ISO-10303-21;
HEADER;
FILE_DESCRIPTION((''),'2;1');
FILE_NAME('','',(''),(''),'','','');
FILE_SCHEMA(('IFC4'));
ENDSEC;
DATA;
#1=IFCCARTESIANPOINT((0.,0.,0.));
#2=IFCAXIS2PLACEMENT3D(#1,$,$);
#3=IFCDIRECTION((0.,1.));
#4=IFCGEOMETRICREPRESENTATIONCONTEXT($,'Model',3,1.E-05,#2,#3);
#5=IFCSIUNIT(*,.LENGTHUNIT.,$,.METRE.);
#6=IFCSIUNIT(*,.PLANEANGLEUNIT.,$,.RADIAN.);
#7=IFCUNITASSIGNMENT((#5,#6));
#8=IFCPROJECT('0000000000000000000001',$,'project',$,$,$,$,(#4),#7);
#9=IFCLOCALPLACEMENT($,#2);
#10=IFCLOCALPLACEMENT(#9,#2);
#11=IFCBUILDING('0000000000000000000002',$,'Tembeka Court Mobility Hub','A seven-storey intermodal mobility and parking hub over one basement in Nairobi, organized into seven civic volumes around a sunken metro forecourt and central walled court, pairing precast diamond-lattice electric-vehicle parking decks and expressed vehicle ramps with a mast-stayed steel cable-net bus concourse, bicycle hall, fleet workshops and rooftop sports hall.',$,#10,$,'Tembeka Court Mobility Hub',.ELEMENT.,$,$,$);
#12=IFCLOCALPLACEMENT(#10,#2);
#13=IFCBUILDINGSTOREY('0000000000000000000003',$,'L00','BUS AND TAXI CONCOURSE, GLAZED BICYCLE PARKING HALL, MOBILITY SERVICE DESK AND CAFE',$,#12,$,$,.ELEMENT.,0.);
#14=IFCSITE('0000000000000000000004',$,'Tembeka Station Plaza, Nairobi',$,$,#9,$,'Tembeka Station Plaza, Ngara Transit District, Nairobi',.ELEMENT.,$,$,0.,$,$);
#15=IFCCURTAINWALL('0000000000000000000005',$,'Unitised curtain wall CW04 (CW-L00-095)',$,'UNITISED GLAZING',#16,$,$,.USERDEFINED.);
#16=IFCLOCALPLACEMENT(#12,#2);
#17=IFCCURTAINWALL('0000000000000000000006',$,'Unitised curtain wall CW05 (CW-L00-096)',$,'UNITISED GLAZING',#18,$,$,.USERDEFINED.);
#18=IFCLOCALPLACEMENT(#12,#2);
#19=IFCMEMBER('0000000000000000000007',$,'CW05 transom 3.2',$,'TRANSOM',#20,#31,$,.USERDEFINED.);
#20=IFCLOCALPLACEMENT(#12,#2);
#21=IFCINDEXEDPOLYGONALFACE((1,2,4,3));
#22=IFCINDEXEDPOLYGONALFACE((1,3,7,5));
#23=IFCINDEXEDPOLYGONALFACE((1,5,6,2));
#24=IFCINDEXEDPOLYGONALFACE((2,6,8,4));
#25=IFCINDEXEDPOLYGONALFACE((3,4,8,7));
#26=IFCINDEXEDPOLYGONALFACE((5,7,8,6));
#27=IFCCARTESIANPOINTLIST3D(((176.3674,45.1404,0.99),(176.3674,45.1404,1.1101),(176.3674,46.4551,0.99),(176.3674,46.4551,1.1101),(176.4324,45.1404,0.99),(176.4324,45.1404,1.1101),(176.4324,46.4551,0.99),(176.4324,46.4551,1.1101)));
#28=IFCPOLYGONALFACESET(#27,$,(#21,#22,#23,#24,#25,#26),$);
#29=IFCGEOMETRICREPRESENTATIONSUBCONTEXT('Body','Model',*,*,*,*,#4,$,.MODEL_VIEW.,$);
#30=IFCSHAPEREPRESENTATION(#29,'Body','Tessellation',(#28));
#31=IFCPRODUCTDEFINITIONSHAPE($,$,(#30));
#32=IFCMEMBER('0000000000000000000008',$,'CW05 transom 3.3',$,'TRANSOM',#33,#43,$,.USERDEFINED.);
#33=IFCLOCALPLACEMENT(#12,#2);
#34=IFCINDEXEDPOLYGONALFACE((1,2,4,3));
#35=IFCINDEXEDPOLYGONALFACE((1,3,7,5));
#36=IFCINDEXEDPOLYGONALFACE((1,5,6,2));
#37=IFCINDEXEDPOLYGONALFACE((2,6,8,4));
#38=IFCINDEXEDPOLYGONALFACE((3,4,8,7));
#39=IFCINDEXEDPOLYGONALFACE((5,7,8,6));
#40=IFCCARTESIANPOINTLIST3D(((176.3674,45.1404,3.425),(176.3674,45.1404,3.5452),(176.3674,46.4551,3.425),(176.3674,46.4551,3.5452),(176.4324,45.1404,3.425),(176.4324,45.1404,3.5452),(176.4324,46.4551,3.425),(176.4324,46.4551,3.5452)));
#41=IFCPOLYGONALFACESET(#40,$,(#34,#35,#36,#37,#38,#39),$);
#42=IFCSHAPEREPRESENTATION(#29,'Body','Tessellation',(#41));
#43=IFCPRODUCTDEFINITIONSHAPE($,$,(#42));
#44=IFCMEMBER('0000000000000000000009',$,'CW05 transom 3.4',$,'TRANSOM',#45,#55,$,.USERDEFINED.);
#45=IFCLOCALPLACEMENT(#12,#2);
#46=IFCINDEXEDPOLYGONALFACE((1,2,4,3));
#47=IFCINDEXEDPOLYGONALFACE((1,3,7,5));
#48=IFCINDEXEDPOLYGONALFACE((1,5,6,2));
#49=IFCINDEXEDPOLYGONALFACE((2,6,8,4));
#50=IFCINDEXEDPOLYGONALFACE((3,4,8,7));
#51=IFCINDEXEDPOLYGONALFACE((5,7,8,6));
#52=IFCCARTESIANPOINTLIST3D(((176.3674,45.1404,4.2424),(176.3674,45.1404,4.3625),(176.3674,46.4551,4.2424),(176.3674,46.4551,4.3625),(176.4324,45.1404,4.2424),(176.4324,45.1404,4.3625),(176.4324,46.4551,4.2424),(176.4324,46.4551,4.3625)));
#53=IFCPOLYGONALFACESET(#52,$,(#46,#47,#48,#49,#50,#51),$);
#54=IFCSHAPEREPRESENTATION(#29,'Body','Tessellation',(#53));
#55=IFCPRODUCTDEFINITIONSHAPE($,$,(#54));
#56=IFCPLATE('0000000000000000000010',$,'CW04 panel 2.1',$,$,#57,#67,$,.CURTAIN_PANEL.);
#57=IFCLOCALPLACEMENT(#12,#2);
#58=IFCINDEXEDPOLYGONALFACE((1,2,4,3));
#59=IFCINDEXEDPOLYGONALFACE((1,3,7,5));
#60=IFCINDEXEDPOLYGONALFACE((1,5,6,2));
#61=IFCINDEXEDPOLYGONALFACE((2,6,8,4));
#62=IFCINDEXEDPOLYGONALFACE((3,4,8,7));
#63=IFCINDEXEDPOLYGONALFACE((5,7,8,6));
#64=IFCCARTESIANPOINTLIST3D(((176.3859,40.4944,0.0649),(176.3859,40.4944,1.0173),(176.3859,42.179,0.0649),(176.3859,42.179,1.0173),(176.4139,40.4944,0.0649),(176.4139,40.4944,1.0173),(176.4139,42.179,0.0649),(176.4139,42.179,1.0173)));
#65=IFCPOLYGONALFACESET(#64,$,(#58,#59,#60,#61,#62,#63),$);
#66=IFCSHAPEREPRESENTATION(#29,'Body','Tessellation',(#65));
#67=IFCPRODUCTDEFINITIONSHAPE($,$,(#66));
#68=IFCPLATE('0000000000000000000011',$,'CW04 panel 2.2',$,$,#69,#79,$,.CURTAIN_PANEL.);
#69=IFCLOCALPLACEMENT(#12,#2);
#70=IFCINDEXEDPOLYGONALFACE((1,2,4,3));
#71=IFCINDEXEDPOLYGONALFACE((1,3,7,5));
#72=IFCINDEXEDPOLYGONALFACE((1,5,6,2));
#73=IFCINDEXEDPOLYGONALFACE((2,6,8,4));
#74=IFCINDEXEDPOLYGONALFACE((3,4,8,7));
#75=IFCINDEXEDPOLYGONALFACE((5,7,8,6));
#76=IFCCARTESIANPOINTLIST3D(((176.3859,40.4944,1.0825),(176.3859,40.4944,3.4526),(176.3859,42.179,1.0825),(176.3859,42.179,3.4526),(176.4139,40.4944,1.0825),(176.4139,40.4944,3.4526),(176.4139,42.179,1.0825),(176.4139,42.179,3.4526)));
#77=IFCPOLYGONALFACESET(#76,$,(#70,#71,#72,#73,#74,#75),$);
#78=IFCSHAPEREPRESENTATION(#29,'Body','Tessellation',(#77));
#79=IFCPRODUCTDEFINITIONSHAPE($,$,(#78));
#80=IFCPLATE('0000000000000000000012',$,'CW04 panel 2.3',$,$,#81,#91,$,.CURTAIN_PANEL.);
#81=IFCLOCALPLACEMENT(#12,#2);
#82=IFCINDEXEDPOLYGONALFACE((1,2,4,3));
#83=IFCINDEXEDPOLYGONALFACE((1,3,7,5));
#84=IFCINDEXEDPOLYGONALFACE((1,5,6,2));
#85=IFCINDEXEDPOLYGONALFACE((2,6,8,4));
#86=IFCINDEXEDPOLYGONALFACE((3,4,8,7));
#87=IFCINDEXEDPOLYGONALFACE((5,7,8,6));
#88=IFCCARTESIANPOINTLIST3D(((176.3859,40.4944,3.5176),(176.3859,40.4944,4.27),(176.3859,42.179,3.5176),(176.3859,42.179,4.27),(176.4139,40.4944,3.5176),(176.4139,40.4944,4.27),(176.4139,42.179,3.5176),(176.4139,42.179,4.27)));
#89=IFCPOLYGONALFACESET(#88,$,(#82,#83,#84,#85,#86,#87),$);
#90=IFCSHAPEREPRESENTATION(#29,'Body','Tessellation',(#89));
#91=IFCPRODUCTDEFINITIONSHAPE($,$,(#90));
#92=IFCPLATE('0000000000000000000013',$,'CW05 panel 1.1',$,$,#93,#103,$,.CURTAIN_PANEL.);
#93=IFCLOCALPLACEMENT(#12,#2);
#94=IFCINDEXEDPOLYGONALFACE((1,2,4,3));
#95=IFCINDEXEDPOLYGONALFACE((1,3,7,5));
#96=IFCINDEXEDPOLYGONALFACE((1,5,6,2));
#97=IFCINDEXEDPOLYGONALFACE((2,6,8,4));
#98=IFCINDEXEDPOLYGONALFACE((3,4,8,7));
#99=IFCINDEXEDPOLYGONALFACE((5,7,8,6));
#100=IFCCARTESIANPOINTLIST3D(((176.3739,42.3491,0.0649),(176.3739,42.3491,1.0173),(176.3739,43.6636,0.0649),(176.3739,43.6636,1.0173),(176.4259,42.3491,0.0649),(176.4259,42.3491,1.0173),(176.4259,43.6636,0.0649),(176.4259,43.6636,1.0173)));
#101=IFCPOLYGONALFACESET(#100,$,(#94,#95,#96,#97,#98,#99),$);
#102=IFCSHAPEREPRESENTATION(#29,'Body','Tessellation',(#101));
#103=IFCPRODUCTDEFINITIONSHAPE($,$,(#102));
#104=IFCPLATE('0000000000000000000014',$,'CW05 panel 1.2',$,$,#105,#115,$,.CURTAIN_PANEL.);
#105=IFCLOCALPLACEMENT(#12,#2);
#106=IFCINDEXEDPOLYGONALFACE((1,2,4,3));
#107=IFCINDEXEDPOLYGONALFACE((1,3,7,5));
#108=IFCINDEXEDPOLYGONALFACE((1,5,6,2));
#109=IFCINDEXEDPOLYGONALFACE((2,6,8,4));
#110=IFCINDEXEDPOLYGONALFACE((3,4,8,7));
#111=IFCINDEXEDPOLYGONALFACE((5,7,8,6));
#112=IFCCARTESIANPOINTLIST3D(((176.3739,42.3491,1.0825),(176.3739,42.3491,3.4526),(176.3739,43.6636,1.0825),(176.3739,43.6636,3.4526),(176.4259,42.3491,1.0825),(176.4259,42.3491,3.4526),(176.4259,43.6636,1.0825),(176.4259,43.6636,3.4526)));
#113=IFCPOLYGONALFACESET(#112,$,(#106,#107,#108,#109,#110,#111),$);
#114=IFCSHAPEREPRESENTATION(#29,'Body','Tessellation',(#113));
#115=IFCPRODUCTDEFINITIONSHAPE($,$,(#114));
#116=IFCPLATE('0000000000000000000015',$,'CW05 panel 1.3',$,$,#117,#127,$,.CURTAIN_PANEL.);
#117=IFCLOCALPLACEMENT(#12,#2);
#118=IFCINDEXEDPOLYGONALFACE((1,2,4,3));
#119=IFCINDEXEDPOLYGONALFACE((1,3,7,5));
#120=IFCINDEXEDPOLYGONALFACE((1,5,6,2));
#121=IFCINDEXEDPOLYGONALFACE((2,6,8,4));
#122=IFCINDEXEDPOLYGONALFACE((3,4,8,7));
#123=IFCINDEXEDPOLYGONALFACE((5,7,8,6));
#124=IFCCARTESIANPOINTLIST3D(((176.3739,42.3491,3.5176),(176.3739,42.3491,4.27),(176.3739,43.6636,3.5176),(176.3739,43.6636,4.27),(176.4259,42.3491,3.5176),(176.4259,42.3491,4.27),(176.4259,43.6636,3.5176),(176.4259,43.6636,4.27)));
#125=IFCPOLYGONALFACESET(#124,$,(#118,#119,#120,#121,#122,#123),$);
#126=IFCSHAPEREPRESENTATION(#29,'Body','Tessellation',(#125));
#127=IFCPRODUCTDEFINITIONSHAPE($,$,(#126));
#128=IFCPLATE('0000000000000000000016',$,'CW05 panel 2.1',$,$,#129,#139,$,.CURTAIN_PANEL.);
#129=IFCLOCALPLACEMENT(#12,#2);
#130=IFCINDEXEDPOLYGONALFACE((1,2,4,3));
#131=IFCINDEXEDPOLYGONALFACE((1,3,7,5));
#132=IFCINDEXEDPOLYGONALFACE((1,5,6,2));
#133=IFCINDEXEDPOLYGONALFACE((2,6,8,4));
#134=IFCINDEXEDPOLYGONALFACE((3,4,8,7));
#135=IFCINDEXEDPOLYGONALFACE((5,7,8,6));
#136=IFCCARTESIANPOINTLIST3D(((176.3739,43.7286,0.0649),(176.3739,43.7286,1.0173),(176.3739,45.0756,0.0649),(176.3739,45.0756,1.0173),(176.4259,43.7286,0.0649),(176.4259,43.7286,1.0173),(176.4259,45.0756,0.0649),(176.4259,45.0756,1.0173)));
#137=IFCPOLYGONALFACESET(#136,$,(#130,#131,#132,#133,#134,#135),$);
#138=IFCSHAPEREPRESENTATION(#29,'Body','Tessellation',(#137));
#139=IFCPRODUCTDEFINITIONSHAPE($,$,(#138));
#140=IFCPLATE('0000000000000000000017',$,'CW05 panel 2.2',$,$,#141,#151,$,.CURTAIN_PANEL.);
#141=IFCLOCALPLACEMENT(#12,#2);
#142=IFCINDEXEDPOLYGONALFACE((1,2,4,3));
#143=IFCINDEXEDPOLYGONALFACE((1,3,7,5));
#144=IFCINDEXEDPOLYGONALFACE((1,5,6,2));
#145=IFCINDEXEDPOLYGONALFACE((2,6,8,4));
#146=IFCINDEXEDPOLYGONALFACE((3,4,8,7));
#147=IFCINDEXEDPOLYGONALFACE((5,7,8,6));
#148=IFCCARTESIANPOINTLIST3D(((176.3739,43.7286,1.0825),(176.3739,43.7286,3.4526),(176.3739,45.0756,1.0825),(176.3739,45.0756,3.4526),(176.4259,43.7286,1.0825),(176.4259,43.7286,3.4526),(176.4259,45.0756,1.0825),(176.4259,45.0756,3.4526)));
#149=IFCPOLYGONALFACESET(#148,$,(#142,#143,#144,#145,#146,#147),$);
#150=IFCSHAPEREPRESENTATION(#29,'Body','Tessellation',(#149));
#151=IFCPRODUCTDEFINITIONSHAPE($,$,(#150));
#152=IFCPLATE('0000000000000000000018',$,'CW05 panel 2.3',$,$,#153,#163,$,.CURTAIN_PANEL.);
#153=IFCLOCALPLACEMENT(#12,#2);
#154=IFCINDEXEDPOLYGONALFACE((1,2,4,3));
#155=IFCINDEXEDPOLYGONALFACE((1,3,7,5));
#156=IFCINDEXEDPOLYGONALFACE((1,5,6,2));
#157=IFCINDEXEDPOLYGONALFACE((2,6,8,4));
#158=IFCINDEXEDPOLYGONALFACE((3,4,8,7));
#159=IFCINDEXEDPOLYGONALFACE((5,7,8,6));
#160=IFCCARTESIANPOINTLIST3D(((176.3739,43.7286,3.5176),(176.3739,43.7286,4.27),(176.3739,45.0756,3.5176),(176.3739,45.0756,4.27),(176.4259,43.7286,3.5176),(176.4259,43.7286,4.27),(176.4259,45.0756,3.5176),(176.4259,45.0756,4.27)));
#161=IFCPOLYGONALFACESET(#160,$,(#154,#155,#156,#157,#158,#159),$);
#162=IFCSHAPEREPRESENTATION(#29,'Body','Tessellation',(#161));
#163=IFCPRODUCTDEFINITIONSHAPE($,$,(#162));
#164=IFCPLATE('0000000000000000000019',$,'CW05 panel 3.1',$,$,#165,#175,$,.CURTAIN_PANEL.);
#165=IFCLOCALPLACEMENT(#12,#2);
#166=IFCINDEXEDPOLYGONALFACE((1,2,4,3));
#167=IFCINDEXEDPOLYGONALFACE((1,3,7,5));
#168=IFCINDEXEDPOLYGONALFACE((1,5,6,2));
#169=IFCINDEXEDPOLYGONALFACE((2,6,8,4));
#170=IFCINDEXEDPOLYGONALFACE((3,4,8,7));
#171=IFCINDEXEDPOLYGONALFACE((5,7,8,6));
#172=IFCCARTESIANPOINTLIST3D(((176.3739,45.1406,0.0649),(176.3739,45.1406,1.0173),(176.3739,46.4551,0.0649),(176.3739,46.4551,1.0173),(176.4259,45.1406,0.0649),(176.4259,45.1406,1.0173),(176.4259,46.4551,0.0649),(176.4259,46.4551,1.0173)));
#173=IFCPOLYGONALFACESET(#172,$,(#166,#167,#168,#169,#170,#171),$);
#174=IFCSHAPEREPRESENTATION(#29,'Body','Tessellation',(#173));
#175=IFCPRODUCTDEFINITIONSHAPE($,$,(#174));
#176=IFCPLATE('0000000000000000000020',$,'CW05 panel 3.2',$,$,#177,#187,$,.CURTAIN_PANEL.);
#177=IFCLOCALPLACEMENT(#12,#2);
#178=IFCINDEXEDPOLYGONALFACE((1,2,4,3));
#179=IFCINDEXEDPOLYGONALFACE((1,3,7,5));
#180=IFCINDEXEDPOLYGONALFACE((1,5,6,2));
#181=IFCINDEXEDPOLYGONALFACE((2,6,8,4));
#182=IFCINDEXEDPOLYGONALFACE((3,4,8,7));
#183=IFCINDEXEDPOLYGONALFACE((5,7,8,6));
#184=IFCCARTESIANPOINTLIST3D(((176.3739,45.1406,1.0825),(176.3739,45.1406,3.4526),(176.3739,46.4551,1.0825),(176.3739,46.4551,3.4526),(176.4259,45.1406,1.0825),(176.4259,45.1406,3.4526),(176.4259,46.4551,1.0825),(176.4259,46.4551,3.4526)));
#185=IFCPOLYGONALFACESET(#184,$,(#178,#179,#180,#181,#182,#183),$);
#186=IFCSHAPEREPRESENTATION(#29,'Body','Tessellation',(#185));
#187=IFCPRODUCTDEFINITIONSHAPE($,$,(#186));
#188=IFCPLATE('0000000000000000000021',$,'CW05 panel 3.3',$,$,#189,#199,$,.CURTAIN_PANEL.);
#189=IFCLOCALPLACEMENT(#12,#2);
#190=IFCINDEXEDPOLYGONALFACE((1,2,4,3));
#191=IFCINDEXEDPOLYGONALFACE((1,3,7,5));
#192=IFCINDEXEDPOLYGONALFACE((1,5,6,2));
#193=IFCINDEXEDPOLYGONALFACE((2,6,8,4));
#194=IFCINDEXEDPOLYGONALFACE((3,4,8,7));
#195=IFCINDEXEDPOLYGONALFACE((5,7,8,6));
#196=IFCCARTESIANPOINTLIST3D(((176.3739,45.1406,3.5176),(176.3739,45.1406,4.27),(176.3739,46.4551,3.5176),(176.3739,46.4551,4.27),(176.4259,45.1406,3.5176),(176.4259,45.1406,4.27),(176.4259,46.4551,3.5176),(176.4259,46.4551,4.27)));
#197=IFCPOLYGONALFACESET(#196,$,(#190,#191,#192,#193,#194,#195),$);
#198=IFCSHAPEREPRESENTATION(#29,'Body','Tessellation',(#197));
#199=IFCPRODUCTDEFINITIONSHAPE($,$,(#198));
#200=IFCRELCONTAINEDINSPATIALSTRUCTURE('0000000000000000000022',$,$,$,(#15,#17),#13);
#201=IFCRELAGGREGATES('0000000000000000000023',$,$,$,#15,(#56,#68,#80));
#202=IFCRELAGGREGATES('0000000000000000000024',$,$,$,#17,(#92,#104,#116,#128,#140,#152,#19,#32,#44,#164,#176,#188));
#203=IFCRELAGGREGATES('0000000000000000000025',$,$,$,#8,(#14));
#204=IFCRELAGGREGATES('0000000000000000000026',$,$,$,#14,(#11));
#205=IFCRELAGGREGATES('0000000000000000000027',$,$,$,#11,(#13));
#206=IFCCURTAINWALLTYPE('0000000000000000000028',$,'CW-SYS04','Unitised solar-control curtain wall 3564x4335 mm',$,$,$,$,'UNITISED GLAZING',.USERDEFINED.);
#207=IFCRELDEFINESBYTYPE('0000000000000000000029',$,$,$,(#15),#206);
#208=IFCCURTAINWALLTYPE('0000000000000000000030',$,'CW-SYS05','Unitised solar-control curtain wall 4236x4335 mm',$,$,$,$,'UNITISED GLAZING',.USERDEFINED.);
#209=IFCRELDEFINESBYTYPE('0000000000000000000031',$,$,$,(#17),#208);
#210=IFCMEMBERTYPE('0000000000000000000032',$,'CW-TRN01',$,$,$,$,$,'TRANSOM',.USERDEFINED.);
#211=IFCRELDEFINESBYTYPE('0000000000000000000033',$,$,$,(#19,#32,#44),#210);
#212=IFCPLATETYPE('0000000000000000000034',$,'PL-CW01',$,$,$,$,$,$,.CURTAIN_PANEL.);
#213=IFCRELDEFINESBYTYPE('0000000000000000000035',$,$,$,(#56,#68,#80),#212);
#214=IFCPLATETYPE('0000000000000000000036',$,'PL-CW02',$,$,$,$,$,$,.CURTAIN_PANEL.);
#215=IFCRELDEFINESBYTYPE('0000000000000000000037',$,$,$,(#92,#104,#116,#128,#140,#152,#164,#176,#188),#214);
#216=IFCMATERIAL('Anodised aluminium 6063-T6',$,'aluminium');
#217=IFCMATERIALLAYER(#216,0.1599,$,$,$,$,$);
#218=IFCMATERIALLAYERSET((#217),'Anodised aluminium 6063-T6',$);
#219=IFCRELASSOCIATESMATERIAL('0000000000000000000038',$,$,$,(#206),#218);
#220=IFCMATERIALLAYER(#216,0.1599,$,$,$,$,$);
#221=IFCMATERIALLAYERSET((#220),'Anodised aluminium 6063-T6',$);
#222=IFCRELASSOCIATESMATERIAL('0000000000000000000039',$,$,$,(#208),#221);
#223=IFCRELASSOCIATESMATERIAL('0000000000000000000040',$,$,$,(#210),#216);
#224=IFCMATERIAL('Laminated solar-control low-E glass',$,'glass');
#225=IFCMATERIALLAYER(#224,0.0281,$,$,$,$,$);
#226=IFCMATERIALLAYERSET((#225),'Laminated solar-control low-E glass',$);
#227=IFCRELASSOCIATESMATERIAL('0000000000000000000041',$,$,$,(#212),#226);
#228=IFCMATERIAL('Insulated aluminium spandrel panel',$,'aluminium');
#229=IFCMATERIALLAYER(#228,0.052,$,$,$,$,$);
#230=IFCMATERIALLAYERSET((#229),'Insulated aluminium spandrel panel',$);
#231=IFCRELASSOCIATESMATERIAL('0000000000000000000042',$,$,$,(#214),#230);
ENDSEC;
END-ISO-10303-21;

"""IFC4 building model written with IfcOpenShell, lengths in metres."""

from ifc_helpers import new_model, si_unit, direction, frame, origin, origin_2d, place, context, subcontext, project, spatial, rectangle, extrude, material, layer, layer_set, material_profile, profile_set, type_object, element, aggregate, save


model = new_model("IFC4")

# Units and contexts
model_context = context("Model", 3, precision=1e-05, world=origin(), true_north=direction((0.0, 1.0)))
body_context = subcontext(model_context, "Body", "Model", "MODEL_VIEW")
ifc_project = project(units=[si_unit("LENGTHUNIT", "METRE"), si_unit("PLANEANGLEUNIT", "RADIAN")], contexts=[model_context])

# Site, building, storey
site_placement = place(None, origin())
site = spatial("IfcSite", under=ifc_project, at=site_placement, Name="Tembeka Station Plaza, Nairobi", LongName="Tembeka Station Plaza, Ngara Transit District, Nairobi", CompositionType="ELEMENT", RefElevation=0.0)
building_placement = place(site_placement, origin())
building = spatial("IfcBuilding", under=site, at=building_placement, Name="Tembeka Court Mobility Hub", Description="A seven-storey intermodal mobility and parking hub over one basement in Nairobi, organized into seven civic volumes around a sunken metro forecourt and central walled court, pairing precast diamond-lattice electric-vehicle parking decks and expressed vehicle ramps with a mast-stayed steel cable-net bus concourse, bicycle hall, fleet workshops and rooftop sports hall.", LongName="Tembeka Court Mobility Hub", CompositionType="ELEMENT")
storey_placement = place(building_placement, origin())
storey = spatial("IfcBuildingStorey", under=building, at=storey_placement, Name="L00", Description="BUS AND TAXI CONCOURSE, GLAZED BICYCLE PARKING HALL, MOBILITY SERVICE DESK AND CAFE", CompositionType="ELEMENT", Elevation=0.0)

# Curtain wall
ifc_material_1 = material(Name="Anodised aluminium 6063-T6", Category="aluminium")
ifc_layer_1 = layer(ifc_material_1, 0.1599)
ifc_layer_set_1 = layer_set([ifc_layer_1], Name="Anodised aluminium 6063-T6")
curtain_wall_type_1 = type_object("IfcCurtainWallType", Name="CW-SYS04", Description="Unitised solar-control curtain wall 3564x4335 mm", ElementType="UNITISED GLAZING", PredefinedType="USERDEFINED", material=ifc_layer_set_1)
curtain_wall_1_placement = place(storey_placement, origin())
curtain_wall_1 = element("IfcCurtainWall", 1, at=curtain_wall_1_placement, inside=storey, type_object=curtain_wall_type_1, Name="Unitised curtain wall CW04 (CW-L00-095)", ObjectType="UNITISED GLAZING", PredefinedType="USERDEFINED")

# Curtain wall
ifc_layer_2 = layer(ifc_material_1, 0.1599)
ifc_layer_set_2 = layer_set([ifc_layer_2], Name="Anodised aluminium 6063-T6")
curtain_wall_type_2 = type_object("IfcCurtainWallType", Name="CW-SYS05", Description="Unitised solar-control curtain wall 4236x4335 mm", ElementType="UNITISED GLAZING", PredefinedType="USERDEFINED", material=ifc_layer_set_2)
curtain_wall_2_placement = place(storey_placement, origin())
curtain_wall_2 = element("IfcCurtainWall", 2, at=curtain_wall_2_placement, inside=storey, type_object=curtain_wall_type_2, Name="Unitised curtain wall CW05 (CW-L00-096)", ObjectType="UNITISED GLAZING", PredefinedType="USERDEFINED")

# Members
ifc_material_profile_1 = material_profile(ifc_material_1, rectangle(XDim=0.0649, YDim=0.1201, at=origin_2d()), Name="ALU-TRN 65x120")
ifc_profile_set_1 = profile_set([ifc_material_profile_1], Name="Anodised aluminium 6063-T6")
member_type_1 = type_object("IfcMemberType", Name="CW-TRN01", ElementType="TRANSOM", PredefinedType="USERDEFINED", material=ifc_profile_set_1)
member_1_placement = place(storey_placement, frame((176.3999, 45.1404, 1.05), z_axis=(0.0, 1.0, 0.0), x_axis=(-1.0, 0.0, 0.0)))
member_1 = element("IfcMember", 3, at=member_1_placement, type_object=member_type_1, Name="CW05 transom 3.2", ObjectType="TRANSOM", PredefinedType="USERDEFINED", context=body_context, shape_type="SweptSolid", body=[
    extrude(rectangle(XDim=0.0649, YDim=0.1201, at=origin_2d()), origin(), (0.0, 0.0, 1.0), 1.3147),
])
member_2_placement = place(storey_placement, frame((176.3999, 45.1404, 3.4851), z_axis=(0.0, 1.0, 0.0), x_axis=(-1.0, 0.0, 0.0)))
member_2 = element("IfcMember", 4, at=member_2_placement, type_object=member_type_1, Name="CW05 transom 3.3", ObjectType="TRANSOM", PredefinedType="USERDEFINED", context=body_context, shape_type="SweptSolid", body=[
    extrude(rectangle(XDim=0.0649, YDim=0.1201, at=origin_2d()), origin(), (0.0, 0.0, 1.0), 1.3147),
])
member_3_placement = place(storey_placement, frame((176.3999, 45.1404, 4.3025), z_axis=(0.0, 1.0, 0.0), x_axis=(-1.0, 0.0, 0.0)))
member_3 = element("IfcMember", 5, at=member_3_placement, type_object=member_type_1, Name="CW05 transom 3.4", ObjectType="TRANSOM", PredefinedType="USERDEFINED", context=body_context, shape_type="SweptSolid", body=[
    extrude(rectangle(XDim=0.0649, YDim=0.1201, at=origin_2d()), origin(), (0.0, 0.0, 1.0), 1.3147),
])

# Plates
ifc_material_2 = material(Name="Laminated solar-control low-E glass", Category="glass")
ifc_layer_3 = layer(ifc_material_2, 0.0281)
ifc_layer_set_3 = layer_set([ifc_layer_3], Name="Laminated solar-control low-E glass")
plate_type_1 = type_object("IfcPlateType", Name="PL-CW01", PredefinedType="CURTAIN_PANEL", material=ifc_layer_set_3)
plate_1_placement = place(storey_placement, frame((176.3999, 41.3367, 0.0649), z_axis=(0.0, 0.0, 1.0), x_axis=(0.0, 1.0, 0.0)))
plate_1 = element("IfcPlate", 6, at=plate_1_placement, type_object=plate_type_1, Name="CW04 panel 2.1", PredefinedType="CURTAIN_PANEL", context=body_context, shape_type="SweptSolid", body=[
    extrude(rectangle(XDim=1.6846, YDim=0.0281, at=origin_2d()), origin(), (0.0, 0.0, 1.0), 0.9524),
])
plate_2_placement = place(storey_placement, frame((176.3999, 41.3367, 1.0825), z_axis=(0.0, 0.0, 1.0), x_axis=(0.0, 1.0, 0.0)))
plate_2 = element("IfcPlate", 7, at=plate_2_placement, type_object=plate_type_1, Name="CW04 panel 2.2", PredefinedType="CURTAIN_PANEL", context=body_context, shape_type="SweptSolid", body=[
    extrude(rectangle(XDim=1.6846, YDim=0.0281, at=origin_2d()), origin(), (0.0, 0.0, 1.0), 2.3701),
])
plate_3_placement = place(storey_placement, frame((176.3999, 41.3367, 3.5176), z_axis=(0.0, 0.0, 1.0), x_axis=(0.0, 1.0, 0.0)))
plate_3 = element("IfcPlate", 8, at=plate_3_placement, type_object=plate_type_1, Name="CW04 panel 2.3", PredefinedType="CURTAIN_PANEL", context=body_context, shape_type="SweptSolid", body=[
    extrude(rectangle(XDim=1.6846, YDim=0.0281, at=origin_2d()), origin(), (0.0, 0.0, 1.0), 0.7524),
])
aggregate(curtain_wall_1, [plate_1, plate_2, plate_3])
ifc_material_3 = material(Name="Insulated aluminium spandrel panel", Category="aluminium")
ifc_layer_4 = layer(ifc_material_3, 0.052)
ifc_layer_set_4 = layer_set([ifc_layer_4], Name="Insulated aluminium spandrel panel")
plate_type_2 = type_object("IfcPlateType", Name="PL-CW02", PredefinedType="CURTAIN_PANEL", material=ifc_layer_set_4)
plate_4_placement = place(storey_placement, frame((176.3999, 43.0063, 0.0649), z_axis=(0.0, 0.0, 1.0), x_axis=(0.0, 1.0, 0.0)))
plate_4 = element("IfcPlate", 9, at=plate_4_placement, type_object=plate_type_2, Name="CW05 panel 1.1", PredefinedType="CURTAIN_PANEL", context=body_context, shape_type="SweptSolid", body=[
    extrude(rectangle(XDim=1.3145, YDim=0.052, at=origin_2d()), origin(), (0.0, 0.0, 1.0), 0.9524),
])
plate_5_placement = place(storey_placement, frame((176.3999, 43.0063, 1.0825), z_axis=(0.0, 0.0, 1.0), x_axis=(0.0, 1.0, 0.0)))
plate_5 = element("IfcPlate", 10, at=plate_5_placement, type_object=plate_type_2, Name="CW05 panel 1.2", PredefinedType="CURTAIN_PANEL", context=body_context, shape_type="SweptSolid", body=[
    extrude(rectangle(XDim=1.3145, YDim=0.052, at=origin_2d()), origin(), (0.0, 0.0, 1.0), 2.3701),
])
plate_6_placement = place(storey_placement, frame((176.3999, 43.0063, 3.5176), z_axis=(0.0, 0.0, 1.0), x_axis=(0.0, 1.0, 0.0)))
plate_6 = element("IfcPlate", 11, at=plate_6_placement, type_object=plate_type_2, Name="CW05 panel 1.3", PredefinedType="CURTAIN_PANEL", context=body_context, shape_type="SweptSolid", body=[
    extrude(rectangle(XDim=1.3145, YDim=0.052, at=origin_2d()), origin(), (0.0, 0.0, 1.0), 0.7524),
])
plate_7_placement = place(storey_placement, frame((176.3999, 44.4021, 0.0649), z_axis=(0.0, 0.0, 1.0), x_axis=(0.0, 1.0, 0.0)))
plate_7 = element("IfcPlate", 12, at=plate_7_placement, type_object=plate_type_2, Name="CW05 panel 2.1", PredefinedType="CURTAIN_PANEL", context=body_context, shape_type="SweptSolid", body=[
    extrude(rectangle(XDim=1.3469, YDim=0.052, at=origin_2d()), origin(), (0.0, 0.0, 1.0), 0.9524),
])
plate_8_placement = place(storey_placement, frame((176.3999, 44.4021, 1.0825), z_axis=(0.0, 0.0, 1.0), x_axis=(0.0, 1.0, 0.0)))
plate_8 = element("IfcPlate", 13, at=plate_8_placement, type_object=plate_type_2, Name="CW05 panel 2.2", PredefinedType="CURTAIN_PANEL", context=body_context, shape_type="SweptSolid", body=[
    extrude(rectangle(XDim=1.3469, YDim=0.052, at=origin_2d()), origin(), (0.0, 0.0, 1.0), 2.3701),
])
plate_9_placement = place(storey_placement, frame((176.3999, 44.4021, 3.5176), z_axis=(0.0, 0.0, 1.0), x_axis=(0.0, 1.0, 0.0)))
plate_9 = element("IfcPlate", 14, at=plate_9_placement, type_object=plate_type_2, Name="CW05 panel 2.3", PredefinedType="CURTAIN_PANEL", context=body_context, shape_type="SweptSolid", body=[
    extrude(rectangle(XDim=1.3469, YDim=0.052, at=origin_2d()), origin(), (0.0, 0.0, 1.0), 0.7524),
])
plate_10_placement = place(storey_placement, frame((176.3999, 45.7979, 0.0649), z_axis=(0.0, 0.0, 1.0), x_axis=(0.0, 1.0, 0.0)))
plate_10 = element("IfcPlate", 15, at=plate_10_placement, type_object=plate_type_2, Name="CW05 panel 3.1", PredefinedType="CURTAIN_PANEL", context=body_context, shape_type="SweptSolid", body=[
    extrude(rectangle(XDim=1.3145, YDim=0.052, at=origin_2d()), origin(), (0.0, 0.0, 1.0), 0.9524),
])
plate_11_placement = place(storey_placement, frame((176.3999, 45.7979, 1.0825), z_axis=(0.0, 0.0, 1.0), x_axis=(0.0, 1.0, 0.0)))
plate_11 = element("IfcPlate", 16, at=plate_11_placement, type_object=plate_type_2, Name="CW05 panel 3.2", PredefinedType="CURTAIN_PANEL", context=body_context, shape_type="SweptSolid", body=[
    extrude(rectangle(XDim=1.3145, YDim=0.052, at=origin_2d()), origin(), (0.0, 0.0, 1.0), 2.3701),
])
plate_12_placement = place(storey_placement, frame((176.3999, 45.7979, 3.5176), z_axis=(0.0, 0.0, 1.0), x_axis=(0.0, 1.0, 0.0)))
plate_12 = element("IfcPlate", 17, at=plate_12_placement, type_object=plate_type_2, Name="CW05 panel 3.3", PredefinedType="CURTAIN_PANEL", context=body_context, shape_type="SweptSolid", body=[
    extrude(rectangle(XDim=1.3145, YDim=0.052, at=origin_2d()), origin(), (0.0, 0.0, 1.0), 0.7524),
])
aggregate(curtain_wall_2, [plate_4, plate_5, plate_6, plate_7, plate_8, plate_9, member_1, member_2, member_3, plate_10, plate_11, plate_12])

save(model, "model.ifc")
